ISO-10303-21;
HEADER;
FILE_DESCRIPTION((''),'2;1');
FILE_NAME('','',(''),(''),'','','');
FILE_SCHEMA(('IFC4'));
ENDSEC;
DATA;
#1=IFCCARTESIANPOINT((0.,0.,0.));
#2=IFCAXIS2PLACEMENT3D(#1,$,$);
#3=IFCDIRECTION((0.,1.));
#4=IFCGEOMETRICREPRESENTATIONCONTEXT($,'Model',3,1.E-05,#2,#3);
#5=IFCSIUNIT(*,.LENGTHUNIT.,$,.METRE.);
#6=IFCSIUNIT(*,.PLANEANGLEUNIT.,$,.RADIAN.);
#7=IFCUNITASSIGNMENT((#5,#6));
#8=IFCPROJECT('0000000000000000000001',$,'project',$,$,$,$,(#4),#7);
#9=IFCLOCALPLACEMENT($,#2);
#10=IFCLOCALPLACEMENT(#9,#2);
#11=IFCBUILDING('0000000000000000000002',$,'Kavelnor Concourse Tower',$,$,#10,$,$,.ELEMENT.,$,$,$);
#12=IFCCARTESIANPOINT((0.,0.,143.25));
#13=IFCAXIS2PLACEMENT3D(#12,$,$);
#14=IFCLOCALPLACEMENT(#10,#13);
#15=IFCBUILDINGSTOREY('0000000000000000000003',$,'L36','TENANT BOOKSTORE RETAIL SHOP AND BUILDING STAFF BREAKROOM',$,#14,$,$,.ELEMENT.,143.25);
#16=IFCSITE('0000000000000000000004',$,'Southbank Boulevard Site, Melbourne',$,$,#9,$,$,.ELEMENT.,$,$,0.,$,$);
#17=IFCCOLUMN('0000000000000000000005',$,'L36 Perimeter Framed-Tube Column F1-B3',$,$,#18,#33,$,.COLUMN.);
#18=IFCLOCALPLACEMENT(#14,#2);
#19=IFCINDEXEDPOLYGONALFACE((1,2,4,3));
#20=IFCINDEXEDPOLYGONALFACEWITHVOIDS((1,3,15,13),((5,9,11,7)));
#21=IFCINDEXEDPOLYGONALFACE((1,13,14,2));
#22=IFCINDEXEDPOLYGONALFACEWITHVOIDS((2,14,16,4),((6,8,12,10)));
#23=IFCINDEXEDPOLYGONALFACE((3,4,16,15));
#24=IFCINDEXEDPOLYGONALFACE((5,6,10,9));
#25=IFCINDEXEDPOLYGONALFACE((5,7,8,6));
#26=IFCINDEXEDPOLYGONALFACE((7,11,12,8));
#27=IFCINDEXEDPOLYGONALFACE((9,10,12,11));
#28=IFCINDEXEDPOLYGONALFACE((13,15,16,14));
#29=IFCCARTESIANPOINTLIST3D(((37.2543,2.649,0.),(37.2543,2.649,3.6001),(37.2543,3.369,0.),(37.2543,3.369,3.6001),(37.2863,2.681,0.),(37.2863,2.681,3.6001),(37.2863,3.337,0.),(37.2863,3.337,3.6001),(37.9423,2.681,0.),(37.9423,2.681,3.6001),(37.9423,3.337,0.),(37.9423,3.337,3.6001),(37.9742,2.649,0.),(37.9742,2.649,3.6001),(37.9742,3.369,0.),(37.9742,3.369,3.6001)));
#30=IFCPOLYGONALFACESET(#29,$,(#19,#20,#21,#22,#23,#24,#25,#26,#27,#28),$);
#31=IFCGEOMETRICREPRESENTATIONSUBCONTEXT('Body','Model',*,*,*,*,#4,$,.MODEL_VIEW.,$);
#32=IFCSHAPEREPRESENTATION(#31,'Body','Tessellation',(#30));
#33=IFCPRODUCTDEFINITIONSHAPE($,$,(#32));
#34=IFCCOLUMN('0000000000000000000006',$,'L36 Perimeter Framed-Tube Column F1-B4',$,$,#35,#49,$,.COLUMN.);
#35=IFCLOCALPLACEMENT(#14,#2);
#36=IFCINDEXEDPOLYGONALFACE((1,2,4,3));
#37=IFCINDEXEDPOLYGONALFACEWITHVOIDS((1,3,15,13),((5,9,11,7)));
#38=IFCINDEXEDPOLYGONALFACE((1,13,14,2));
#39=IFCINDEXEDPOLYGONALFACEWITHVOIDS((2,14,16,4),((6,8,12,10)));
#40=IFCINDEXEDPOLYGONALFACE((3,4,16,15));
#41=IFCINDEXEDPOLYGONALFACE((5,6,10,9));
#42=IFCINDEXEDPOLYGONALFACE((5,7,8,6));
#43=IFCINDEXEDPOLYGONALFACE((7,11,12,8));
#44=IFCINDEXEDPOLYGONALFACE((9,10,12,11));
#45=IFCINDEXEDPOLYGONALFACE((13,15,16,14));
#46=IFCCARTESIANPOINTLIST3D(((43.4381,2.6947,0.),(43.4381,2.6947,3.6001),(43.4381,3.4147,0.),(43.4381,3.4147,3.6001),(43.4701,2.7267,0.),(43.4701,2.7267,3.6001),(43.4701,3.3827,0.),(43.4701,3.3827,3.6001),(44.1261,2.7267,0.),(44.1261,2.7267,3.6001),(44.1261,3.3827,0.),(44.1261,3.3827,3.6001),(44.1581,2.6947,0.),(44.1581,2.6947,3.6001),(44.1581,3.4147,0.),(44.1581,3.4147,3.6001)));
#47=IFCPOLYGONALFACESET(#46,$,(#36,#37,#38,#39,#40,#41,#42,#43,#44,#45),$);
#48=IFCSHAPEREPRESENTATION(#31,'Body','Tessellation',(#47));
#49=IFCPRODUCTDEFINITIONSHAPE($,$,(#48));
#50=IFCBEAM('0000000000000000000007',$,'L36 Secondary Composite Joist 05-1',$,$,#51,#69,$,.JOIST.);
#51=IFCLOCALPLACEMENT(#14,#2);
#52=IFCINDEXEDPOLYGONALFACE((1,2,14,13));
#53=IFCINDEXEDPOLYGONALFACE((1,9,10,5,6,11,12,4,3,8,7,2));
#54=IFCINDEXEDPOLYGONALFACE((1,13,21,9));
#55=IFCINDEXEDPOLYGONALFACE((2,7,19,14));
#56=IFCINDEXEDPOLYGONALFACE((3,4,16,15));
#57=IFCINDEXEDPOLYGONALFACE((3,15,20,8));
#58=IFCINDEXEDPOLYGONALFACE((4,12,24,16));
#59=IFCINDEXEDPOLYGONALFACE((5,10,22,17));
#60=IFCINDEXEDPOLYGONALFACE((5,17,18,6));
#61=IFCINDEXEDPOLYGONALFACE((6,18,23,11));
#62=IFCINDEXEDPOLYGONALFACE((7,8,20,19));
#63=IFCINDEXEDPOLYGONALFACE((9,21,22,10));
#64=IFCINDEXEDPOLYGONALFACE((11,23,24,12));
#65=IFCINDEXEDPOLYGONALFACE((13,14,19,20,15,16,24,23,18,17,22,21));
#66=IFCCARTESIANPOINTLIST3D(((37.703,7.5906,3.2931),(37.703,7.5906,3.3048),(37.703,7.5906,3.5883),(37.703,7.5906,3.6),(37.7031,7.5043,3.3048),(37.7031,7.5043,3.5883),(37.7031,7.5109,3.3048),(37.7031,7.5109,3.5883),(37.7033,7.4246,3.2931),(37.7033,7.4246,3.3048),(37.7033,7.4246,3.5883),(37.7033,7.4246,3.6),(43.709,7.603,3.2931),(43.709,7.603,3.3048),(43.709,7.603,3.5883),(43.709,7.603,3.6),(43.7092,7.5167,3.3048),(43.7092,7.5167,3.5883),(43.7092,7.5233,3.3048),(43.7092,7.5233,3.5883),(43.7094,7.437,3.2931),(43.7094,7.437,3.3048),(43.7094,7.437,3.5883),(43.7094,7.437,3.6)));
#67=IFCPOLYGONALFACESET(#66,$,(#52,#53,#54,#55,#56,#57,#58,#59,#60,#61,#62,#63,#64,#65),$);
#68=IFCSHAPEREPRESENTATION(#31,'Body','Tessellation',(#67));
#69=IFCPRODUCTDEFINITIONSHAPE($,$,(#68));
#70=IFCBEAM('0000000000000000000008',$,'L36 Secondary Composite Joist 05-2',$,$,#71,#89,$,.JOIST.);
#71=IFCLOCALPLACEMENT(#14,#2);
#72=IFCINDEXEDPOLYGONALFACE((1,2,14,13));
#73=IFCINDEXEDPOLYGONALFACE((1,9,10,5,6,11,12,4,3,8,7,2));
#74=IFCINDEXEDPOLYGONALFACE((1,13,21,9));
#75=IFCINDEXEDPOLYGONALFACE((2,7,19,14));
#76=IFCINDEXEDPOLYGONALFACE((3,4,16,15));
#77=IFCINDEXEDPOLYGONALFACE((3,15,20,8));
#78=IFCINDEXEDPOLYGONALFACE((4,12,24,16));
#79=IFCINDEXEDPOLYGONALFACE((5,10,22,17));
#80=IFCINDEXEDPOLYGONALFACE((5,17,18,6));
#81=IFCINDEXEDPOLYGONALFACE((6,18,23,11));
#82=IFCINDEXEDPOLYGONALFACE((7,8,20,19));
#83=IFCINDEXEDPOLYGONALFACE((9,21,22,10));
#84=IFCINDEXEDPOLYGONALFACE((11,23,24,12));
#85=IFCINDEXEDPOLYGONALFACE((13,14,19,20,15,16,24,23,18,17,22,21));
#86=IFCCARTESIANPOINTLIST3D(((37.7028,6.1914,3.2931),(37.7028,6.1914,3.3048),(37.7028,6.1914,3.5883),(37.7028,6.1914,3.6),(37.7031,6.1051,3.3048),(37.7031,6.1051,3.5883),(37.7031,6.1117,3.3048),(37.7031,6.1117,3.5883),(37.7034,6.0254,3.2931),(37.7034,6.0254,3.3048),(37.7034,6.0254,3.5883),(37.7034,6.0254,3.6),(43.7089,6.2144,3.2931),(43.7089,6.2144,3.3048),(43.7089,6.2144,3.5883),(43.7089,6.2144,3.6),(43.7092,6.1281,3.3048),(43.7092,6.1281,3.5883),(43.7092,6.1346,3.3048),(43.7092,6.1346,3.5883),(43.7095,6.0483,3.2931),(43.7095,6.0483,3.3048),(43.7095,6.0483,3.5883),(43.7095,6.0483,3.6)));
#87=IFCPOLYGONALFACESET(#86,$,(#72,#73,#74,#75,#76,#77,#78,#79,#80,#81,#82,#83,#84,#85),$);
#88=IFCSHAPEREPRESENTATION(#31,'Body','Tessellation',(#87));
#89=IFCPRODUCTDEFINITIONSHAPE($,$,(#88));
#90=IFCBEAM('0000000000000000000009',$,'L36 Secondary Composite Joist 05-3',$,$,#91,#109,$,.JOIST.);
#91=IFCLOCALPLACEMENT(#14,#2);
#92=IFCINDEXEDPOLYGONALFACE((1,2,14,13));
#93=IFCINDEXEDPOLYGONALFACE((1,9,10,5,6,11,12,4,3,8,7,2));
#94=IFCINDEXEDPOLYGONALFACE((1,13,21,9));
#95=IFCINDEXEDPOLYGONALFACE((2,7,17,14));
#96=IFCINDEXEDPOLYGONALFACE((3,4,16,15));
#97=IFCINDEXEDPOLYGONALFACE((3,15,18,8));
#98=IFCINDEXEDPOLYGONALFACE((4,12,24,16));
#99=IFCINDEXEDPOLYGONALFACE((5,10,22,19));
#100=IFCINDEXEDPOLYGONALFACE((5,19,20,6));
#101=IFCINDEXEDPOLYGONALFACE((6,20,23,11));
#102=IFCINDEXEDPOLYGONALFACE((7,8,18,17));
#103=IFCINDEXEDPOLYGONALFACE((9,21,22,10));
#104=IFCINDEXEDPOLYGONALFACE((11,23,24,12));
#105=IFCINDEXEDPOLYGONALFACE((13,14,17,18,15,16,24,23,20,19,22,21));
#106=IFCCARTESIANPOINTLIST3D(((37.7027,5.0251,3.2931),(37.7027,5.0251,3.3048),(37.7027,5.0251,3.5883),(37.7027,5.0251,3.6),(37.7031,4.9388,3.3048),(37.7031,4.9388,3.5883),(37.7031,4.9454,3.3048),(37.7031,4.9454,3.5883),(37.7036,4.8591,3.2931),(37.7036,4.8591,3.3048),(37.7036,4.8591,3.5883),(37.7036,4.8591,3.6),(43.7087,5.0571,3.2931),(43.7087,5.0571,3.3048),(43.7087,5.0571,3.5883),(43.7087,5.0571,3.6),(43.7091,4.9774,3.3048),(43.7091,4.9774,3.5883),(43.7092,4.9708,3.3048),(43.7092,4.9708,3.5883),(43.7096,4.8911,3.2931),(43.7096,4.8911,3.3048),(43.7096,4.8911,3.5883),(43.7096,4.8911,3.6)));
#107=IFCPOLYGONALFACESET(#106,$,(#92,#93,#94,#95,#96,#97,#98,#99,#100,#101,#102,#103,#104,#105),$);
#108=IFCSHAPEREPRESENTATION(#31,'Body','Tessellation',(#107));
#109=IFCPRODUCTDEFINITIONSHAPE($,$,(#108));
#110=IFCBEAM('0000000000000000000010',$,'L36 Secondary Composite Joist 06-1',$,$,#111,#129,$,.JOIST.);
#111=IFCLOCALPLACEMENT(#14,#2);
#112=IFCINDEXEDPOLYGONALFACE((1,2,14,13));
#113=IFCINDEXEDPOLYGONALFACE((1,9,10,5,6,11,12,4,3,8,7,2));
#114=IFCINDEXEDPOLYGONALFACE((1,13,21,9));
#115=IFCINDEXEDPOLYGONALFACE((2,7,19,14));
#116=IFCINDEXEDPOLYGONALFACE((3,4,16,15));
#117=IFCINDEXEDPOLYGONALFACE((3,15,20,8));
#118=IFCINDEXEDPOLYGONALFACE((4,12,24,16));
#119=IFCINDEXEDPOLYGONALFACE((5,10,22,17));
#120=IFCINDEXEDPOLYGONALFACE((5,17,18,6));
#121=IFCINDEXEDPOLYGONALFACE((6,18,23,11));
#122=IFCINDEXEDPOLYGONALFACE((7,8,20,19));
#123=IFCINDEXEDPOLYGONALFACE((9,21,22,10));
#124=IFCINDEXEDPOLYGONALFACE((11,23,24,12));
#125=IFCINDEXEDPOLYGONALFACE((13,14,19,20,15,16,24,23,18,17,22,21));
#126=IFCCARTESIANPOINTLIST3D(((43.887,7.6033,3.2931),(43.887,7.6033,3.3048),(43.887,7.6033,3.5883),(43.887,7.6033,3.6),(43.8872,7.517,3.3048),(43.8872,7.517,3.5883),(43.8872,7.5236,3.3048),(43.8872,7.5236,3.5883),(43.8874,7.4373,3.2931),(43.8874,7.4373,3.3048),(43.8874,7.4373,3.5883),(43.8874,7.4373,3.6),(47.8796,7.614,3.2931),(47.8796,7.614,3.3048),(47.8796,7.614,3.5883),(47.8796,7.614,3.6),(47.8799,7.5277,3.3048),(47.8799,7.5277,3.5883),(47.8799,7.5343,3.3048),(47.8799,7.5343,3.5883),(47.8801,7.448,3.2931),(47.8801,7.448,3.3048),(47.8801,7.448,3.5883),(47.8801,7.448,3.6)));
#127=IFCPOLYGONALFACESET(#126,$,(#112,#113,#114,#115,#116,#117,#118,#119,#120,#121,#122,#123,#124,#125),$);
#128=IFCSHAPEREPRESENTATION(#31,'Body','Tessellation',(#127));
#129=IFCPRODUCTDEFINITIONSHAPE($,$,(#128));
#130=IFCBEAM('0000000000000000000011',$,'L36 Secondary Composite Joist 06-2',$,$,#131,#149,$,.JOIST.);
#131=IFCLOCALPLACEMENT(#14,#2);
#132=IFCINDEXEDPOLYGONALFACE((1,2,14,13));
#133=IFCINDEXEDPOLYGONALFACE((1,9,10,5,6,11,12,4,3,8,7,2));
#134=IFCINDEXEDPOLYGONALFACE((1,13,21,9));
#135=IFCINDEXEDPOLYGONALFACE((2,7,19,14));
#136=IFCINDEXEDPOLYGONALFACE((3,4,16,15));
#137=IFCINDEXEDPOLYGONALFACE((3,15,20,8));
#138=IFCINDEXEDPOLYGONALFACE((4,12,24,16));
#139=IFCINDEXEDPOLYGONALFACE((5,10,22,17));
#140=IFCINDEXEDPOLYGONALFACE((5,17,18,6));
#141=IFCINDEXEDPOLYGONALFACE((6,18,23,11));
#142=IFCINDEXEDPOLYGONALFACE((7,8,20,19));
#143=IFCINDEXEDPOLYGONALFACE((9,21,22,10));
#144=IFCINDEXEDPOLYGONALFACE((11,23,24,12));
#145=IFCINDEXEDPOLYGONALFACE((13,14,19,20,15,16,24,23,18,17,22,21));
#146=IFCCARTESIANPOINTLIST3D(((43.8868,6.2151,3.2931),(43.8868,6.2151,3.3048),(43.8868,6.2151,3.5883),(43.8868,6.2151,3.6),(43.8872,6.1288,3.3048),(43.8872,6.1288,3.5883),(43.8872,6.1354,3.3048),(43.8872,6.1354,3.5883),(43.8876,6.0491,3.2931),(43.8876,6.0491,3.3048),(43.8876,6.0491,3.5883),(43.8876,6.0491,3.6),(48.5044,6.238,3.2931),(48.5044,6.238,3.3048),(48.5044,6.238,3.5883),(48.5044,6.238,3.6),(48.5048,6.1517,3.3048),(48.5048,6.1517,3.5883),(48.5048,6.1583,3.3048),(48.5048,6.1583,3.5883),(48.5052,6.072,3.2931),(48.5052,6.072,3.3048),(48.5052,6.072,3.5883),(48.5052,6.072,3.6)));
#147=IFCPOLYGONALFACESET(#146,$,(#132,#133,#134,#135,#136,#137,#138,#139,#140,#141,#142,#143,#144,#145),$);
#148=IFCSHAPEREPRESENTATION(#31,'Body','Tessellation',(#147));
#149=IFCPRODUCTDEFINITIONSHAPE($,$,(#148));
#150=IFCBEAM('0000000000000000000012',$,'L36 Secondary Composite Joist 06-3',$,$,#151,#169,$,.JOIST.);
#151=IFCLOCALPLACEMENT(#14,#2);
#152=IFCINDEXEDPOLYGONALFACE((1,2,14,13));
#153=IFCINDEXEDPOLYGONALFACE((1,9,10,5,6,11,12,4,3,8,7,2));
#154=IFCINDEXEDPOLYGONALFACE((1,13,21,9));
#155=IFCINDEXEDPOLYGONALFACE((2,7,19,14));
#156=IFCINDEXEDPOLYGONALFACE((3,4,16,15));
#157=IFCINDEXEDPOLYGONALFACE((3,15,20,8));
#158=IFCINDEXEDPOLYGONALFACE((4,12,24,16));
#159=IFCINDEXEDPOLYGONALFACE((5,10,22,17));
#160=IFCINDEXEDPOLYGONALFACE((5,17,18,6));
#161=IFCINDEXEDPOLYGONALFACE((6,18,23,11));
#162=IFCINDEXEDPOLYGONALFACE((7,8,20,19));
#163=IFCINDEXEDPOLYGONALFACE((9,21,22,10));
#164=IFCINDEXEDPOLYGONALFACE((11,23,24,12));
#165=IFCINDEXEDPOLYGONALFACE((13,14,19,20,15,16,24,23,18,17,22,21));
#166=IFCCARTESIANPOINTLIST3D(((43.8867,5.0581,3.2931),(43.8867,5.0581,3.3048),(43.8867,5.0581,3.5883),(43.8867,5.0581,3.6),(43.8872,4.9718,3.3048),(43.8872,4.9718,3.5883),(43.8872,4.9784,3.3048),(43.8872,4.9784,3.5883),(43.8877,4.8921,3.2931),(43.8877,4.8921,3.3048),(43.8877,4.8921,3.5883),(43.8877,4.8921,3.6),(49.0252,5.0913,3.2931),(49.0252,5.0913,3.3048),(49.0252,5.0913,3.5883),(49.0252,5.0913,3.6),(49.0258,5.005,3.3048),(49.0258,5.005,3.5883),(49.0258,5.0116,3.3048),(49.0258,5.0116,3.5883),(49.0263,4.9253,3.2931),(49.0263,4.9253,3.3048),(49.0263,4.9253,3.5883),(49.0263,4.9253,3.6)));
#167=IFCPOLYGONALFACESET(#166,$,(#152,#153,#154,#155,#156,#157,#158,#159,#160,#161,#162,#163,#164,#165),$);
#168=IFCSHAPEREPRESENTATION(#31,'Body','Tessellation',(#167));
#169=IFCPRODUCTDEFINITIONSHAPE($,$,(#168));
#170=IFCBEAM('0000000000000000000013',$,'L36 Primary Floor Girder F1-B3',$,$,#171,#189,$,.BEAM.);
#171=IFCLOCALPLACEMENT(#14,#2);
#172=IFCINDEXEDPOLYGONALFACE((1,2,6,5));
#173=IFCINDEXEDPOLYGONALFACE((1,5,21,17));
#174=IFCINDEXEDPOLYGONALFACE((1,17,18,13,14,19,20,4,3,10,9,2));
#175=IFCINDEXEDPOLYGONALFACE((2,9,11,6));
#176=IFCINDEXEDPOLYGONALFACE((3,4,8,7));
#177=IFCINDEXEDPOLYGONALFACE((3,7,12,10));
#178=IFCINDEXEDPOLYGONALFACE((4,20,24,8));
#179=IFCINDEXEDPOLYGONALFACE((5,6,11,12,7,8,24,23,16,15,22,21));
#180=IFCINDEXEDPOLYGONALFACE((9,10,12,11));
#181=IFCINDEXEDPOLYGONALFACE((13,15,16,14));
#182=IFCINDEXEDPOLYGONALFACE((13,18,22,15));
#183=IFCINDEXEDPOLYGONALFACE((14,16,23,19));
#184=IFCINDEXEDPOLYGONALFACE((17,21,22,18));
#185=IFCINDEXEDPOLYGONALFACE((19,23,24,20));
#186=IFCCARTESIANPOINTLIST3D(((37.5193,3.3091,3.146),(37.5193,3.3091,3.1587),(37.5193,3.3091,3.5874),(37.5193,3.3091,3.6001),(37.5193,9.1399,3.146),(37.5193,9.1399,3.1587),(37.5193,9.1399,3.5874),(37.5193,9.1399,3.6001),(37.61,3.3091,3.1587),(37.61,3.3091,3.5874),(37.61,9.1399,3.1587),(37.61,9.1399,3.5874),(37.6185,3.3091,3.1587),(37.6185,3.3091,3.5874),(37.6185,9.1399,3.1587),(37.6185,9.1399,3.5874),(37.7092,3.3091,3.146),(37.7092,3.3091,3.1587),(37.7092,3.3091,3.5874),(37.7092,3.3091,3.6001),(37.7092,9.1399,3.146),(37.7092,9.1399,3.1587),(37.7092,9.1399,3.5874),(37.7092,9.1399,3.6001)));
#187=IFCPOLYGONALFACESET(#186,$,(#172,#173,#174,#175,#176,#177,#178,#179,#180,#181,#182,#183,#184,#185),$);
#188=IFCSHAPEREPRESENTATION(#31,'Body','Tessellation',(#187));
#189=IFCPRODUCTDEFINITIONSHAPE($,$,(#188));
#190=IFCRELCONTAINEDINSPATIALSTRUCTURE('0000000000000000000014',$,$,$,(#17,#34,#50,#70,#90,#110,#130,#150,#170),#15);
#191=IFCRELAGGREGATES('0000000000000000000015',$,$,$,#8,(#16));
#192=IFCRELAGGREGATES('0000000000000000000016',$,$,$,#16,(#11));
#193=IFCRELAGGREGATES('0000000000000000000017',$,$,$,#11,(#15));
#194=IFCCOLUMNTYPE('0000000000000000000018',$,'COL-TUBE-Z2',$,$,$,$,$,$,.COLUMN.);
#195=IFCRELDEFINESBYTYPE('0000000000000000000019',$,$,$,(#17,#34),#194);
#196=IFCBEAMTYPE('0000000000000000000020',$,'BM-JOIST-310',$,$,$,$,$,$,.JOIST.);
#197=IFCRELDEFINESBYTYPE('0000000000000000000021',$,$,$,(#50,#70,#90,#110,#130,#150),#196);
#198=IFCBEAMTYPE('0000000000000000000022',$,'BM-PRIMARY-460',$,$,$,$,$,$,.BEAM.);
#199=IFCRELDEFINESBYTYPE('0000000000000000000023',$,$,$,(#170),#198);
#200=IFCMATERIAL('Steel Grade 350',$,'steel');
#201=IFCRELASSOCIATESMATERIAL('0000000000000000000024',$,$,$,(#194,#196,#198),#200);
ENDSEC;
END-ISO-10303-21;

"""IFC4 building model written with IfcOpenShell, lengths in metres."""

from ifc_helpers import new_model, si_unit, direction, frame, origin, origin_2d, place, context, subcontext, project, spatial, hollow_rectangle, i_section, extrude, material, material_profile, profile_set, type_object, element, save


model = new_model("IFC4")

# Units and contexts
model_context = context("Model", 3, precision=1e-05, world=origin(), true_north=direction((0.0, 1.0)))
body_context = subcontext(model_context, "Body", "Model", "MODEL_VIEW")
ifc_project = project(units=[si_unit("LENGTHUNIT", "METRE"), si_unit("PLANEANGLEUNIT", "RADIAN")], contexts=[model_context])

# Site, building, storey
site_placement = place(None, origin())
site = spatial("IfcSite", under=ifc_project, at=site_placement, Name="Southbank Boulevard Site, Melbourne", CompositionType="ELEMENT", RefElevation=0.0)
building_placement = place(site_placement, origin())
building = spatial("IfcBuilding", under=site, at=building_placement, Name="Kavelnor Concourse Tower", CompositionType="ELEMENT")
storey_placement = place(building_placement, frame((0.0, 0.0, 143.25)))
storey = spatial("IfcBuildingStorey", under=building, at=storey_placement, Name="L36", Description="TENANT BOOKSTORE RETAIL SHOP AND BUILDING STAFF BREAKROOM", CompositionType="ELEMENT", Elevation=143.25)

# Columns
ifc_material_1 = material(Name="Steel Grade 350", Category="steel")
ifc_material_profile_1 = material_profile(ifc_material_1, hollow_rectangle(XDim=0.72, YDim=0.72, WallThickness=0.032, at=origin_2d()), Name="SHS 720x720x32")
ifc_profile_set_1 = profile_set([ifc_material_profile_1], Name="Steel Grade 350")
column_type = type_object("IfcColumnType", Name="COL-TUBE-Z2", PredefinedType="COLUMN", material=ifc_profile_set_1)
for number, where, z_axis, x_axis, name in (
    (1, (37.6143, 3.009, 0.0), (0.0, 0.0, 1.0), (1.0, 0.0, 0.0), "L36 Perimeter Framed-Tube Column F1-B3"),
    (2, (43.7981, 3.0547, 0.0), (0.0, 0.0, 1.0), (1.0, 0.0, 0.0), "L36 Perimeter Framed-Tube Column F1-B4"),
):
    element("IfcColumn", number, at=place(storey_placement, frame(where, z_axis=z_axis, x_axis=x_axis)), inside=storey, type_object=column_type, Name=name, PredefinedType="COLUMN", context=body_context, shape_type="SweptSolid", body=[
        extrude(hollow_rectangle(XDim=0.72, YDim=0.72, WallThickness=0.032, at=origin_2d()), origin(), (0.0, 0.0, 1.0), 3.6001),
    ])

# Beams
ifc_material_profile_2 = material_profile(ifc_material_1, i_section(OverallWidth=0.166, OverallDepth=0.3069, WebThickness=0.0066, FlangeThickness=0.0117, at=origin_2d()), Name="310UB46")
ifc_profile_set_2 = profile_set([ifc_material_profile_2], Name="Steel Grade 350")
beam_type_1 = type_object("IfcBeamType", Name="BM-JOIST-310", PredefinedType="JOIST", material=ifc_profile_set_2)
for number, where, z_axis, x_axis, name in (
    (3, (37.7031, 7.5076, 3.4465), (0.999998, 0.002073, 0.0), (-0.002073, 0.999998, 0.0), "L36 Secondary Composite Joist 05-1"),
    (4, (37.7031, 6.1084, 3.4465), (0.999993, 0.003821, 0.0), (-0.003821, 0.999993, 0.0), "L36 Secondary Composite Joist 05-2"),
    (5, (37.7031, 4.9421, 3.4465), (0.999986, 0.005325, 0.0), (-0.005325, 0.999986, 0.0), "L36 Secondary Composite Joist 05-3"),
):
    element("IfcBeam", number, at=place(storey_placement, frame(where, z_axis=z_axis, x_axis=x_axis)), inside=storey, type_object=beam_type_1, Name=name, PredefinedType="JOIST", context=body_context, shape_type="SweptSolid", body=[
        extrude(i_section(OverallWidth=0.166, OverallDepth=0.3069, WebThickness=0.0066, FlangeThickness=0.0117, at=origin_2d()), origin(), (0.0, 0.0, 1.0), 6.0061),
    ])
beam_1_placement = place(storey_placement, frame((43.8872, 7.5203, 3.4465), z_axis=(0.999996, 0.00269, 0.0), x_axis=(-0.00269, 0.999996, 0.0)))
element("IfcBeam", 6, at=beam_1_placement, inside=storey, type_object=beam_type_1, Name="L36 Secondary Composite Joist 06-1", PredefinedType="JOIST", context=body_context, shape_type="SweptSolid", body=[
    extrude(i_section(OverallWidth=0.166, OverallDepth=0.3069, WebThickness=0.0066, FlangeThickness=0.0117, at=origin_2d()), origin(), (0.0, 0.0, 1.0), 3.9927),
])
beam_2_placement = place(storey_placement, frame((43.8872, 6.1321, 3.4465), z_axis=(0.999988, 0.00497, 0.0), x_axis=(-0.00497, 0.999988, 0.0)))
element("IfcBeam", 7, at=beam_2_placement, inside=storey, type_object=beam_type_1, Name="L36 Secondary Composite Joist 06-2", PredefinedType="JOIST", context=body_context, shape_type="SweptSolid", body=[
    extrude(i_section(OverallWidth=0.166, OverallDepth=0.3069, WebThickness=0.0066, FlangeThickness=0.0117, at=origin_2d()), origin(), (0.0, 0.0, 1.0), 4.6177),
])
beam_3_placement = place(storey_placement, frame((43.8872, 4.9751, 3.4465), z_axis=(0.999979, 0.006461, 0.0), x_axis=(-0.006461, 0.999979, 0.0)))
element("IfcBeam", 8, at=beam_3_placement, inside=storey, type_object=beam_type_1, Name="L36 Secondary Composite Joist 06-3", PredefinedType="JOIST", context=body_context, shape_type="SweptSolid", body=[
    extrude(i_section(OverallWidth=0.166, OverallDepth=0.3069, WebThickness=0.0066, FlangeThickness=0.0117, at=origin_2d()), origin(), (0.0, 0.0, 1.0), 5.1387),
])
ifc_material_profile_3 = material_profile(ifc_material_1, i_section(OverallWidth=0.1899, OverallDepth=0.4541, WebThickness=0.0085, FlangeThickness=0.0127, at=origin_2d()), Name="460UB67")
ifc_profile_set_3 = profile_set([ifc_material_profile_3], Name="Steel Grade 350")
beam_type_2 = type_object("IfcBeamType", Name="BM-PRIMARY-460", PredefinedType="BEAM", material=ifc_profile_set_3)
beam_4_placement = place(storey_placement, frame((37.6143, 9.1399, 3.373), z_axis=(0.0, -1.0, 0.0), x_axis=(1.0, 0.0, 0.0)))
element("IfcBeam", 9, at=beam_4_placement, inside=storey, type_object=beam_type_2, Name="L36 Primary Floor Girder F1-B3", PredefinedType="BEAM", context=body_context, shape_type="SweptSolid", body=[
    extrude(i_section(OverallWidth=0.1899, OverallDepth=0.4541, WebThickness=0.0085, FlangeThickness=0.0127, at=origin_2d()), origin(), (0.0, 0.0, 1.0), 5.8308),
])

save(model, "model.ifc")
